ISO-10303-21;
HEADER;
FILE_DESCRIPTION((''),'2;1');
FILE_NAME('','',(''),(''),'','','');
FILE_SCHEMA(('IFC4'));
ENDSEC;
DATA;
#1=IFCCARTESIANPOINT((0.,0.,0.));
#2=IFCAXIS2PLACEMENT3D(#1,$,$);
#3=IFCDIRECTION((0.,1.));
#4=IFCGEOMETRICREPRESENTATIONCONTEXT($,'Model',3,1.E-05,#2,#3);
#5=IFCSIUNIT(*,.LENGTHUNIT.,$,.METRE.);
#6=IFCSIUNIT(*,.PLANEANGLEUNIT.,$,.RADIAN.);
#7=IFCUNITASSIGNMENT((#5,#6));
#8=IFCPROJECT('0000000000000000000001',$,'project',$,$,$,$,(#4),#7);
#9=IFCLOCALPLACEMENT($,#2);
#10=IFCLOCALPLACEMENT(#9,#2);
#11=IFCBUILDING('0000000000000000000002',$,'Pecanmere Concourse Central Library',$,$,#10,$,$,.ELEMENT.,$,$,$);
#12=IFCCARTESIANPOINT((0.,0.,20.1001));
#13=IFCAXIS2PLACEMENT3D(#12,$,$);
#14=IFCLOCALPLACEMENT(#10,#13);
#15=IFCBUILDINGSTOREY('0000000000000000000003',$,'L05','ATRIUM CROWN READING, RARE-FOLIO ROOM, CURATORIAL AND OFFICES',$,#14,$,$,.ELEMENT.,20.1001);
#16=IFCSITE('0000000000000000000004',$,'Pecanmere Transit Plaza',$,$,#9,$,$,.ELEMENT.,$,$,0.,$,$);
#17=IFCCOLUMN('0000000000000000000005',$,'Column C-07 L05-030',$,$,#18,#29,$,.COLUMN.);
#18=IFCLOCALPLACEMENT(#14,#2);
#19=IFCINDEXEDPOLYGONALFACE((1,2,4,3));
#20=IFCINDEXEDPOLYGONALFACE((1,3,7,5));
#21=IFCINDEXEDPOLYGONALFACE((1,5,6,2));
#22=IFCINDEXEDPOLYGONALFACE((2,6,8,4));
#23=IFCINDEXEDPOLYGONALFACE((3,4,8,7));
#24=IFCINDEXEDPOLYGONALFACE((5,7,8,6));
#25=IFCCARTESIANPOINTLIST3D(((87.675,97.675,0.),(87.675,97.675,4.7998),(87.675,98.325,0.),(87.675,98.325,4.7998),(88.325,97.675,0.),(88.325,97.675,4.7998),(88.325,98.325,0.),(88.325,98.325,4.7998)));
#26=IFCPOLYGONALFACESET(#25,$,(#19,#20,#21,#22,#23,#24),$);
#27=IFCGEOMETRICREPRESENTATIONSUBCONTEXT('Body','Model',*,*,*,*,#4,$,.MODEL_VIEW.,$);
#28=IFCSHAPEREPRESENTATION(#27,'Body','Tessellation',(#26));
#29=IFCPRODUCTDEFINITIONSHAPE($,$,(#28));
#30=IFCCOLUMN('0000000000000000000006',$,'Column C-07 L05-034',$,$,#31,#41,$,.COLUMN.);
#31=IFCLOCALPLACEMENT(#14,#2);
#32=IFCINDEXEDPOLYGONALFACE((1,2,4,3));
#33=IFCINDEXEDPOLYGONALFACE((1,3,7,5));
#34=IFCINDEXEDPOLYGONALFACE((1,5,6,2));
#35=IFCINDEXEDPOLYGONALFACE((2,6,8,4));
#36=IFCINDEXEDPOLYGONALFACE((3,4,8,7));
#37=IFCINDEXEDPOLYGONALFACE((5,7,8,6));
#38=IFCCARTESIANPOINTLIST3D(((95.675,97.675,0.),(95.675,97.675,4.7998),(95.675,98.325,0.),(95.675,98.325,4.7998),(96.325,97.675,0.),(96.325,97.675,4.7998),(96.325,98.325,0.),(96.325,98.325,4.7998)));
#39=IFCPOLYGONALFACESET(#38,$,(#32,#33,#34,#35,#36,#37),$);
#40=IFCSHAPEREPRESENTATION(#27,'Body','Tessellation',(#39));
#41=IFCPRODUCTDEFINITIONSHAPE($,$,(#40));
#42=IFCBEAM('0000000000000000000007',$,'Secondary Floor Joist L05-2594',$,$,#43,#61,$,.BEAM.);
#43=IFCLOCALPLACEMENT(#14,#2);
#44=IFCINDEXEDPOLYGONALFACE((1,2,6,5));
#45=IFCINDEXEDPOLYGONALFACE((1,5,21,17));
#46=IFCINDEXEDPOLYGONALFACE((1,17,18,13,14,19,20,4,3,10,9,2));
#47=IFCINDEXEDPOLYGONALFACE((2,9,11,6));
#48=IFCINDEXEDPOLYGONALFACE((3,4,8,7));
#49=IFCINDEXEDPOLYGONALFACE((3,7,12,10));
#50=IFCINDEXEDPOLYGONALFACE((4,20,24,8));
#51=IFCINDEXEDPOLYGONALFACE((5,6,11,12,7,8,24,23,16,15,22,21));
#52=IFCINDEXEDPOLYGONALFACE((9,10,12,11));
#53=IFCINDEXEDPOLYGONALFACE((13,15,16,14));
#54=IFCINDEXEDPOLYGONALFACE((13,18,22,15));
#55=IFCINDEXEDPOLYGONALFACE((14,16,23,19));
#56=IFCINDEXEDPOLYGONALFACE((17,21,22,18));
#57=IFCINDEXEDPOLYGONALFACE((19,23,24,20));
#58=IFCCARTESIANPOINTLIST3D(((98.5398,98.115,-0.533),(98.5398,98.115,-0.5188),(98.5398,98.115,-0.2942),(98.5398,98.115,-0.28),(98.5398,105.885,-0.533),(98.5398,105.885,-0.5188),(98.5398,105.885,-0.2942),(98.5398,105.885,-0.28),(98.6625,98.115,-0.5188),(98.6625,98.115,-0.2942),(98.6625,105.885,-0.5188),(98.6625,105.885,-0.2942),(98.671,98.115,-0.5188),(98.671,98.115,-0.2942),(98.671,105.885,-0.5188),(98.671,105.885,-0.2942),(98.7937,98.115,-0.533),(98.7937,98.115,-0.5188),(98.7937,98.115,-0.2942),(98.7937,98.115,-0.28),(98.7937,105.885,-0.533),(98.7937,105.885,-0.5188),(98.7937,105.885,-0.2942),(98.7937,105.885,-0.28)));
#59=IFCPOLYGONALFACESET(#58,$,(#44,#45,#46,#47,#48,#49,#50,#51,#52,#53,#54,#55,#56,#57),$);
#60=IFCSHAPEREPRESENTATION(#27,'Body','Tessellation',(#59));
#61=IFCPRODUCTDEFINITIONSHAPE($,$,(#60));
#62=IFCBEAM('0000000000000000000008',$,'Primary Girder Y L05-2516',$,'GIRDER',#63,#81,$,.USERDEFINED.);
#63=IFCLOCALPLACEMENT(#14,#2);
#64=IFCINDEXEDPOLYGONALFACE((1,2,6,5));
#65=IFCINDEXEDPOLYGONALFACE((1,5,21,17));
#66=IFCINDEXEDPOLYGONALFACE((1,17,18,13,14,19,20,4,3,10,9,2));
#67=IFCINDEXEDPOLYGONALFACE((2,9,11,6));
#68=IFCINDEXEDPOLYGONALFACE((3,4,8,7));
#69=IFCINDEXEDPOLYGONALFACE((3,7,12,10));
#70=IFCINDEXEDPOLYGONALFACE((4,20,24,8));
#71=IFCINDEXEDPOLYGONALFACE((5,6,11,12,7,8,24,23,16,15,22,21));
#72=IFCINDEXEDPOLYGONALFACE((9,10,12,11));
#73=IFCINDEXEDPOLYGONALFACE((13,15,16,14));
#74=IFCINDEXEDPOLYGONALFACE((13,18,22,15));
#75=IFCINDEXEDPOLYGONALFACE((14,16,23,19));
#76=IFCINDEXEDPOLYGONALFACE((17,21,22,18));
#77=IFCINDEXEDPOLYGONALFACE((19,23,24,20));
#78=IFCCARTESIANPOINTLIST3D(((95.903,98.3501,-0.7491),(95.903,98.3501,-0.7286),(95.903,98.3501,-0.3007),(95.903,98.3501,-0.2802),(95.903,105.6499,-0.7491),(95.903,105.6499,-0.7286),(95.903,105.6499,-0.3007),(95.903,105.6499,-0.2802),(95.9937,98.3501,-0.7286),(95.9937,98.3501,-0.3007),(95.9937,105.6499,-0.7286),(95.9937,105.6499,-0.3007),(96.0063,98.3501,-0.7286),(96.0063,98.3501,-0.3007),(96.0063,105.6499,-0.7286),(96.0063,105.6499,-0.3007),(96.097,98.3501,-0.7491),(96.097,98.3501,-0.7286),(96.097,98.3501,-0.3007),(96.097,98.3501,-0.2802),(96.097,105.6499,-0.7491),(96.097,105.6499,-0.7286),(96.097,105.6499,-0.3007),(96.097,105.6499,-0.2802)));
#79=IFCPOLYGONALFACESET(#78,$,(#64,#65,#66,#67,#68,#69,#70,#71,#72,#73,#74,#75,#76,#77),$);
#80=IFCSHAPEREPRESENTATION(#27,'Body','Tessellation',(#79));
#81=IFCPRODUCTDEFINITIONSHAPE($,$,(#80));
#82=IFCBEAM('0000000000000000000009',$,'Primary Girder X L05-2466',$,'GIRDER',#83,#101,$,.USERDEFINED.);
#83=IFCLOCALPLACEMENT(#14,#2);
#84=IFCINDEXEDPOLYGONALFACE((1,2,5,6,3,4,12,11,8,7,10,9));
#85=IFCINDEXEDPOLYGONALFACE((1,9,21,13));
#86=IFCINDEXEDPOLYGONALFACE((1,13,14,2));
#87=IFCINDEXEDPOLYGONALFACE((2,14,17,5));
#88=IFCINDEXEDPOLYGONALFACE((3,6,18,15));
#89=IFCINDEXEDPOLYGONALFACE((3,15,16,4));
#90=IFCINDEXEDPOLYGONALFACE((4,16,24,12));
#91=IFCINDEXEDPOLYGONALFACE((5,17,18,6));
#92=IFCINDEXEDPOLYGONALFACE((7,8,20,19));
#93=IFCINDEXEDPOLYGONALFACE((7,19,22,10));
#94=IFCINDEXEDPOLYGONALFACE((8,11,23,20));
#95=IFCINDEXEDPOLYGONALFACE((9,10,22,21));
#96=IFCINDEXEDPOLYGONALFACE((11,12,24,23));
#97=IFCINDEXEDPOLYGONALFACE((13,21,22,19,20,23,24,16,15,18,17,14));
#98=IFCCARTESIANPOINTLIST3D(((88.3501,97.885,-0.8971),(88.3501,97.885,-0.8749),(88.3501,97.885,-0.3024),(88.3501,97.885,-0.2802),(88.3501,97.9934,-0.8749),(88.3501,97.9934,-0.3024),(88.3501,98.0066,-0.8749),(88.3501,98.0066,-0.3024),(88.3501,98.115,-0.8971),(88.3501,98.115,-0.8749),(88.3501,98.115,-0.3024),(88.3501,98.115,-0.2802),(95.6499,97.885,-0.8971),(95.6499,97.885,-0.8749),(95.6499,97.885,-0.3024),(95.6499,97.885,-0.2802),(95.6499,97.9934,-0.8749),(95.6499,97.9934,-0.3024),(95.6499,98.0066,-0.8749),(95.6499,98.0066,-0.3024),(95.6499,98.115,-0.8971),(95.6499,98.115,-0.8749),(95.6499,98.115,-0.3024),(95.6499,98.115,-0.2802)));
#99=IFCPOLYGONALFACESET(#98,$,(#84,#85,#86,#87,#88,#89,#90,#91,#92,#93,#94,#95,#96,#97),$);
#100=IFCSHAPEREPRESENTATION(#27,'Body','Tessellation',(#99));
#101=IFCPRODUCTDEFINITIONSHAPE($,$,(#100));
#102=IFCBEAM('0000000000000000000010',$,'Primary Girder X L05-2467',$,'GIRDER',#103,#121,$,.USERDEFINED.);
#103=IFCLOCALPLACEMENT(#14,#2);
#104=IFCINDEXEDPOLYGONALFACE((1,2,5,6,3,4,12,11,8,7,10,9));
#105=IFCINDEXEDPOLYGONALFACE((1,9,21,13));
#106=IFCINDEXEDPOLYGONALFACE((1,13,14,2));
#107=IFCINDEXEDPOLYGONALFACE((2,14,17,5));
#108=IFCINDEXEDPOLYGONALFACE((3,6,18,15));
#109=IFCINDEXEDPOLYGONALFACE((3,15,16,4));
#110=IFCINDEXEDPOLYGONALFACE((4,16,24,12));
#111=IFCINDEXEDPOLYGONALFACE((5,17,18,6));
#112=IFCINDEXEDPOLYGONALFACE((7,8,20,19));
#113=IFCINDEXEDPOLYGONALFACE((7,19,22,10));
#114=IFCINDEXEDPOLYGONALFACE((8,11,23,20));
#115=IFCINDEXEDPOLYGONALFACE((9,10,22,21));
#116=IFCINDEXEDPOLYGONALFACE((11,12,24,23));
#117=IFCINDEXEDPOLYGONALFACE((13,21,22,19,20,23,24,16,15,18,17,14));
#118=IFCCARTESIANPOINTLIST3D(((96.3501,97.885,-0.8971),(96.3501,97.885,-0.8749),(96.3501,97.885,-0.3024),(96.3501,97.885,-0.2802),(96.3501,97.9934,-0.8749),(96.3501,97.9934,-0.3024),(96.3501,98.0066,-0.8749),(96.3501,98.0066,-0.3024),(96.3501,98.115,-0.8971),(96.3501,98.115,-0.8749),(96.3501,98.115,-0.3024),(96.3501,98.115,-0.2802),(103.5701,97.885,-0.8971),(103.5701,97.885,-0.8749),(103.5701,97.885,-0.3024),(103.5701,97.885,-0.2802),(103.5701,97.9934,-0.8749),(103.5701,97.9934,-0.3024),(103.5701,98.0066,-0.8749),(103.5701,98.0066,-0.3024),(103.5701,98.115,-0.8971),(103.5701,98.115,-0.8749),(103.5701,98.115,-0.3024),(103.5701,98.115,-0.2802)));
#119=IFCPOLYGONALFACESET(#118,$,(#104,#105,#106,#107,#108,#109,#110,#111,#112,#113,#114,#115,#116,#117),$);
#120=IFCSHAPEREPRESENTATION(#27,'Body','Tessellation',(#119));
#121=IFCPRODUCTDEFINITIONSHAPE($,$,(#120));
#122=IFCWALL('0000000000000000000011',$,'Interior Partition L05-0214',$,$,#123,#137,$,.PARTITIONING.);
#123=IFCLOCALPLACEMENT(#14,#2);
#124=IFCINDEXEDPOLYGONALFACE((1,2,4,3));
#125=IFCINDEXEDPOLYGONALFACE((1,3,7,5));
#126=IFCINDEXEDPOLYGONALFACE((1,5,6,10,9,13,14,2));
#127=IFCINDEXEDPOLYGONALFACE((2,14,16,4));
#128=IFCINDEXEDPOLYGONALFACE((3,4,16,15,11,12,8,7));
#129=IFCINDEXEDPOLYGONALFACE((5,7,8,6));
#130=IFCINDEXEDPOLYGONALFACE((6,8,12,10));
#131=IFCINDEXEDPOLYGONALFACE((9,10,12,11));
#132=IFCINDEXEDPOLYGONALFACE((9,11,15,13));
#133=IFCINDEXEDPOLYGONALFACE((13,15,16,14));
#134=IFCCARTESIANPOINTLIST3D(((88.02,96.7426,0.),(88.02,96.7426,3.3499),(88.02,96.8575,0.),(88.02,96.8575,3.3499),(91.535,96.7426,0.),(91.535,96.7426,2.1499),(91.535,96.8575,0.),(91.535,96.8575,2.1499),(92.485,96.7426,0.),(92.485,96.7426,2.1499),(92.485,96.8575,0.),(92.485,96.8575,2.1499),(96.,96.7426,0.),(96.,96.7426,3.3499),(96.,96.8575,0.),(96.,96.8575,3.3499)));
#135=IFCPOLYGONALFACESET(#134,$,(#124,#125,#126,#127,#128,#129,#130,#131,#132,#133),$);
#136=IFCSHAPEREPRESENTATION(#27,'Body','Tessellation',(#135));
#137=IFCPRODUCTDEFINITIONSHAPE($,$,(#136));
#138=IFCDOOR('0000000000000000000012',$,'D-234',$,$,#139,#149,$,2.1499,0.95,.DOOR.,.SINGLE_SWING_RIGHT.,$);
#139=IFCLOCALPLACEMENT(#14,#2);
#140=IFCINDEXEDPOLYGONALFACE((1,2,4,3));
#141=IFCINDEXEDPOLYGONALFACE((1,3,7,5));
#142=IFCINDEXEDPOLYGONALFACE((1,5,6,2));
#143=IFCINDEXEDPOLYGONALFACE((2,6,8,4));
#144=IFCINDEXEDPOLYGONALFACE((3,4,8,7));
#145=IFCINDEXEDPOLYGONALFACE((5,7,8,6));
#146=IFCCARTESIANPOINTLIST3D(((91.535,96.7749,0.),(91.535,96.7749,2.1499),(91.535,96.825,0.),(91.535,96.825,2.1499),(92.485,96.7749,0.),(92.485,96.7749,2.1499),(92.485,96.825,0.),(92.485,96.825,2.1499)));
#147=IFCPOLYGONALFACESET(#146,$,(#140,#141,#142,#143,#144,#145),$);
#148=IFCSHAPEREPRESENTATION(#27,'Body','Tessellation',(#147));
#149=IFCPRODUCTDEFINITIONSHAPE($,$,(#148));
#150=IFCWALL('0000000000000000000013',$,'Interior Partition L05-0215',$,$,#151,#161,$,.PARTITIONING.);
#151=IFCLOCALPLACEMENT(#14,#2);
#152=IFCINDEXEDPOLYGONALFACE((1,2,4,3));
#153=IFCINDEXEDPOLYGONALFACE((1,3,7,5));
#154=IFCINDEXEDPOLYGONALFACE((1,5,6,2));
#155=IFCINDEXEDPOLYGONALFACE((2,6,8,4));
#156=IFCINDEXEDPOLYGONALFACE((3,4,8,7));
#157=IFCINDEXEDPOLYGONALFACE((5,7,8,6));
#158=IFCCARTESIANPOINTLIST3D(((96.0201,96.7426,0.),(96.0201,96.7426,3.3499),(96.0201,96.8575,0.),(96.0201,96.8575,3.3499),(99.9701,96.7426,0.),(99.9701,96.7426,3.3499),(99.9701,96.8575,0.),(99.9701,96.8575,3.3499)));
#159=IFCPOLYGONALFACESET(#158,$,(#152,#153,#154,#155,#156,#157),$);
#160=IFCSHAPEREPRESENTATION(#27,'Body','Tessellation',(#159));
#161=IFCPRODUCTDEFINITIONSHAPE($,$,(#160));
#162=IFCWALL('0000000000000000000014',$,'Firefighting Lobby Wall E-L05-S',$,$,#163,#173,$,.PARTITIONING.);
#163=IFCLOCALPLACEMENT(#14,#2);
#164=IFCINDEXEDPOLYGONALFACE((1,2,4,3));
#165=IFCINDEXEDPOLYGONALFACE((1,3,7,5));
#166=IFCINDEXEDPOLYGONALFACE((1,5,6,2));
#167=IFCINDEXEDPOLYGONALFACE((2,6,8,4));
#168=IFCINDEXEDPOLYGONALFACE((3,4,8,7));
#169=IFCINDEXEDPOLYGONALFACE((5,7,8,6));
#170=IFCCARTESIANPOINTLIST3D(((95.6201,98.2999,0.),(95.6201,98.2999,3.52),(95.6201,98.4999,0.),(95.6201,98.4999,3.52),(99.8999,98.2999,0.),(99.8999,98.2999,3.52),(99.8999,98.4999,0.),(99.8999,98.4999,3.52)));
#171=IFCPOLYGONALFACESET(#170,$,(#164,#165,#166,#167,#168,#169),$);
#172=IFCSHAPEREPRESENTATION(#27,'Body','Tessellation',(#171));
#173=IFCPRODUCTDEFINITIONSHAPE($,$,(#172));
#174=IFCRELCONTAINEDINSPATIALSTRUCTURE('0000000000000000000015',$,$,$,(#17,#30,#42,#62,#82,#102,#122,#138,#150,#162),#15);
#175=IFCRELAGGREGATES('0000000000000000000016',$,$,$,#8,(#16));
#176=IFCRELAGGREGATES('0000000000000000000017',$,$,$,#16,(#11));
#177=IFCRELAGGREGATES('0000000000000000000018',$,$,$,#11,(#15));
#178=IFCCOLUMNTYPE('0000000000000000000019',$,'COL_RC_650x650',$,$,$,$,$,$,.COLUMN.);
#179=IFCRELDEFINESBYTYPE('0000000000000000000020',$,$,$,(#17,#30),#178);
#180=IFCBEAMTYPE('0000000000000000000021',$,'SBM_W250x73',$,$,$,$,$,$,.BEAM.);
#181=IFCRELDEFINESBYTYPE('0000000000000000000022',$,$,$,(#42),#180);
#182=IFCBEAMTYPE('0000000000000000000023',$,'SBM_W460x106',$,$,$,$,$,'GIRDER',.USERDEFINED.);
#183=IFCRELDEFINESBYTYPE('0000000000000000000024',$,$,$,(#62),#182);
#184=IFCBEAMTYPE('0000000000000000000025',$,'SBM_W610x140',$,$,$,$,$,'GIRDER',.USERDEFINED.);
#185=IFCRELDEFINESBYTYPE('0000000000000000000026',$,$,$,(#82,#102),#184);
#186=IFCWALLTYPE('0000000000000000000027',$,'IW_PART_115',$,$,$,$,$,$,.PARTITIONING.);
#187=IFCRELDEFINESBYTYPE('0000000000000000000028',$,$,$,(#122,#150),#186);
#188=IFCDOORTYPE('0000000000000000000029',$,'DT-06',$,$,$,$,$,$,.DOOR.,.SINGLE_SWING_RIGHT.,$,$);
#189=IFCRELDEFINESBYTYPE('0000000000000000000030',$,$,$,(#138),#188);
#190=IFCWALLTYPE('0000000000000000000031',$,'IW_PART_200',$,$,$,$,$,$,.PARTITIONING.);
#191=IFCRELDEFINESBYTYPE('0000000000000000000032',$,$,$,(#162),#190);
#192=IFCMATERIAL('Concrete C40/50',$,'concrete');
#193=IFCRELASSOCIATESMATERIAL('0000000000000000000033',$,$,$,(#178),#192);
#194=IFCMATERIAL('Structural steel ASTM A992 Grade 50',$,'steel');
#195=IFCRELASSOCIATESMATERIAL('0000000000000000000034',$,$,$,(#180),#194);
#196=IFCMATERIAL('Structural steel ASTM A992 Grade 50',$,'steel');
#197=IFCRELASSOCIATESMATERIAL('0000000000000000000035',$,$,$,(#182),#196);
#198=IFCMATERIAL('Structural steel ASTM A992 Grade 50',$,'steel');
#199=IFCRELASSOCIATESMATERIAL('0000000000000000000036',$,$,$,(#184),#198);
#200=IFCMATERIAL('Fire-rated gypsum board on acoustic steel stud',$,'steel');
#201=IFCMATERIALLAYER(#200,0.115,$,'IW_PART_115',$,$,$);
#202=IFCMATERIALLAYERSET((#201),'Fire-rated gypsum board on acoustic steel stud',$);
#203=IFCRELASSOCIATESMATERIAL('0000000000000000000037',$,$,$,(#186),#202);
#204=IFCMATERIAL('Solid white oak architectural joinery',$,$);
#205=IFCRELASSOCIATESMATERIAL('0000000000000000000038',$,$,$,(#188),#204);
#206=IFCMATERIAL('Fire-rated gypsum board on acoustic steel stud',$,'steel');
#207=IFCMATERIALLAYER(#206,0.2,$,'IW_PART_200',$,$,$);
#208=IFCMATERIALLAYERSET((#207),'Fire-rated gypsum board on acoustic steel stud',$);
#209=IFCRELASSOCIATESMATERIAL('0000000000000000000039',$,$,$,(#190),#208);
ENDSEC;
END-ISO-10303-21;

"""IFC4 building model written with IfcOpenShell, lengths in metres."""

from ifc_helpers import new_model, si_unit, direction, frame, frame_2d, origin, origin_2d, place, context, subcontext, project, spatial, rectangle, i_section, extrude, material, layer, layer_set, material_profile, profile_set, type_object, element, fill, save


model = new_model("IFC4")

# Units and contexts
model_context = context("Model", 3, precision=1e-05, world=origin(), true_north=direction((0.0, 1.0)))
body_context = subcontext(model_context, "Body", "Model", "MODEL_VIEW")
ifc_project = project(units=[si_unit("LENGTHUNIT", "METRE"), si_unit("PLANEANGLEUNIT", "RADIAN")], contexts=[model_context])

# Site, building, storey
site_placement = place(None, origin())
site = spatial("IfcSite", under=ifc_project, at=site_placement, Name="Pecanmere Transit Plaza", CompositionType="ELEMENT", RefElevation=0.0)
building_placement = place(site_placement, origin())
building = spatial("IfcBuilding", under=site, at=building_placement, Name="Pecanmere Concourse Central Library", CompositionType="ELEMENT")
storey_placement = place(building_placement, frame((0.0, 0.0, 20.1001)))
storey = spatial("IfcBuildingStorey", under=building, at=storey_placement, Name="L05", Description="ATRIUM CROWN READING, RARE-FOLIO ROOM, CURATORIAL AND OFFICES", CompositionType="ELEMENT", Elevation=20.1001)

# Columns
ifc_material_1 = material(Name="Concrete C40/50", Category="concrete")
ifc_material_profile_1 = material_profile(ifc_material_1, rectangle(XDim=0.6499, YDim=0.6499, at=origin_2d()), Name="RC 650x650")
ifc_profile_set_1 = profile_set([ifc_material_profile_1], Name="Concrete C40/50")
column_type = type_object("IfcColumnType", Name="COL_RC_650x650", PredefinedType="COLUMN", material=ifc_profile_set_1)
for number, where, z_axis, x_axis, name in (
    (1, (88.0, 98.0, 0.0), (0.0, 0.0, 1.0), (1.0, 0.0, 0.0), "Column C-07 L05-030"),
    (2, (96.0, 98.0, 0.0), (0.0, 0.0, 1.0), (1.0, 0.0, 0.0), "Column C-07 L05-034"),
):
    element("IfcColumn", number, at=place(storey_placement, frame(where, z_axis=z_axis, x_axis=x_axis)), inside=storey, type_object=column_type, Name=name, PredefinedType="COLUMN", context=body_context, shape_type="SweptSolid", body=[
        extrude(rectangle(XDim=0.6499, YDim=0.6499, at=origin_2d()), origin(), (0.0, 0.0, 1.0), 4.7998),
    ])

# Beams
ifc_material_2 = material(Name="Structural steel ASTM A992 Grade 50", Category="steel")
ifc_material_profile_2 = material_profile(ifc_material_2, i_section(OverallWidth=0.2539, OverallDepth=0.2529, WebThickness=0.0085, FlangeThickness=0.0142, at=origin_2d()), Name="W250x73")
ifc_profile_set_2 = profile_set([ifc_material_profile_2], Name="Structural steel ASTM A992 Grade 50")
beam_type_1 = type_object("IfcBeamType", Name="SBM_W250x73", PredefinedType="BEAM", material=ifc_profile_set_2)
beam_1_placement = place(storey_placement, frame((98.6667, 98.115, -0.4065), z_axis=(0.0, 1.0, 0.0), x_axis=(-1.0, 0.0, 0.0)))
element("IfcBeam", 3, at=beam_1_placement, inside=storey, type_object=beam_type_1, Name="Secondary Floor Joist L05-2594", PredefinedType="BEAM", context=body_context, shape_type="SweptSolid", body=[
    extrude(i_section(OverallWidth=0.2539, OverallDepth=0.2529, WebThickness=0.0085, FlangeThickness=0.0142, at=origin_2d()), origin(), (0.0, 0.0, 1.0), 7.77),
])
ifc_material_3 = material(Name="Structural steel ASTM A992 Grade 50", Category="steel")
ifc_material_profile_3 = material_profile(ifc_material_3, i_section(OverallWidth=0.1941, OverallDepth=0.469, WebThickness=0.0127, FlangeThickness=0.0205, at=origin_2d()), Name="W460x106")
ifc_profile_set_3 = profile_set([ifc_material_profile_3], Name="Structural steel ASTM A992 Grade 50")
beam_type_2 = type_object("IfcBeamType", Name="SBM_W460x106", ElementType="GIRDER", PredefinedType="USERDEFINED", material=ifc_profile_set_3)
beam_2_placement = place(storey_placement, frame((96.0, 98.3501, -0.5146), z_axis=(0.0, 1.0, 0.0), x_axis=(-1.0, 0.0, 0.0)))
element("IfcBeam", 4, at=beam_2_placement, inside=storey, type_object=beam_type_2, Name="Primary Girder Y L05-2516", ObjectType="GIRDER", PredefinedType="USERDEFINED", context=body_context, shape_type="SweptSolid", body=[
    extrude(i_section(OverallWidth=0.1941, OverallDepth=0.469, WebThickness=0.0127, FlangeThickness=0.0205, at=origin_2d()), origin(), (0.0, 0.0, 1.0), 7.2998),
])
ifc_material_4 = material(Name="Structural steel ASTM A992 Grade 50", Category="steel")
ifc_material_profile_4 = material_profile(ifc_material_4, i_section(OverallWidth=0.23, OverallDepth=0.6169, WebThickness=0.0132, FlangeThickness=0.0222, at=origin_2d()), Name="W610x140")
ifc_profile_set_4 = profile_set([ifc_material_profile_4], Name="Structural steel ASTM A992 Grade 50")
beam_type_3 = type_object("IfcBeamType", Name="SBM_W610x140", ElementType="GIRDER", PredefinedType="USERDEFINED", material=ifc_profile_set_4)
beam_3_placement = place(storey_placement, frame((88.3501, 98.0, -0.5886), z_axis=(1.0, 0.0, 0.0), x_axis=(0.0, 1.0, 0.0)))
element("IfcBeam", 5, at=beam_3_placement, inside=storey, type_object=beam_type_3, Name="Primary Girder X L05-2466", ObjectType="GIRDER", PredefinedType="USERDEFINED", context=body_context, shape_type="SweptSolid", body=[
    extrude(i_section(OverallWidth=0.23, OverallDepth=0.6169, WebThickness=0.0132, FlangeThickness=0.0222, at=origin_2d()), origin(), (0.0, 0.0, 1.0), 7.2998),
])
beam_4_placement = place(storey_placement, frame((96.3501, 98.0, -0.5886), z_axis=(1.0, 0.0, 0.0), x_axis=(0.0, 1.0, 0.0)))
element("IfcBeam", 6, at=beam_4_placement, inside=storey, type_object=beam_type_3, Name="Primary Girder X L05-2467", ObjectType="GIRDER", PredefinedType="USERDEFINED", context=body_context, shape_type="SweptSolid", body=[
    extrude(i_section(OverallWidth=0.23, OverallDepth=0.6169, WebThickness=0.0132, FlangeThickness=0.0222, at=origin_2d()), origin(), (0.0, 0.0, 1.0), 7.22),
])

# Wall, opening, door
ifc_material_5 = material(Name="Fire-rated gypsum board on acoustic steel stud", Category="steel")
ifc_layer_1 = layer(ifc_material_5, 0.115, Name="IW_PART_115")
ifc_layer_set_1 = layer_set([ifc_layer_1], Name="Fire-rated gypsum board on acoustic steel stud")
wall_type_1 = type_object("IfcWallType", Name="IW_PART_115", PredefinedType="PARTITIONING", material=ifc_layer_set_1)
wall_1_placement = place(storey_placement, frame((88.02, 96.8, 0.0), z_axis=(0.0, 0.0, 1.0), x_axis=(1.0, 0.0, 0.0)))
wall_1 = element("IfcWall", 7, at=wall_1_placement, inside=storey, type_object=wall_type_1, Name="Interior Partition L05-0214", PredefinedType="PARTITIONING", context=body_context, shape_type="SweptSolid", body=[
    extrude(rectangle(XDim=7.98, YDim=0.115, at=frame_2d((3.99, 0.0))), origin(), (0.0, 0.0, 1.0), 3.3499),
])
opening_1_placement = place(wall_1_placement, frame((3.5149, 0.0, 0.0)))
opening_1 = element("IfcOpeningElement", 8, at=opening_1_placement, cuts=wall_1, PredefinedType="OPENING", context=body_context, shape_type="SweptSolid", body=[
    extrude(rectangle(XDim=0.95, YDim=2.1499, at=frame_2d((0.4751, 1.075))), frame((0.0, 0.0693, 0.0), z_axis=(0.0, -1.0, 0.0), x_axis=(1.0, 0.0, 0.0)), (0.0, 0.0, 1.0), 0.1389),
])
ifc_material_6 = material(Name="Solid white oak architectural joinery")
door_type_1 = type_object("IfcDoorType", Name="DT-06", OperationType="SINGLE_SWING_RIGHT", PredefinedType="DOOR", material=ifc_material_6)
door_1_placement = place(opening_1_placement, origin())
door_1 = element("IfcDoor", 9, at=door_1_placement, inside=storey, type_object=door_type_1, Name="D-234", OperationType="SINGLE_SWING_RIGHT", OverallHeight=2.1499, OverallWidth=0.95, PredefinedType="DOOR", context=body_context, shape_type="SweptSolid", body=[
    extrude(rectangle(XDim=0.95, YDim=2.1499, at=frame_2d((0.4751, 1.075))), frame((0.0, 0.0249, 0.0), z_axis=(0.0, -1.0, 0.0), x_axis=(1.0, 0.0, 0.0)), (0.0, 0.0, 1.0), 0.05),
])
fill(opening_1, door_1)

# Walls
wall_2_placement = place(storey_placement, frame((96.02, 96.8, 0.0), z_axis=(0.0, 0.0, 1.0), x_axis=(1.0, 0.0, 0.0)))
element("IfcWall", 10, at=wall_2_placement, inside=storey, type_object=wall_type_1, Name="Interior Partition L05-0215", PredefinedType="PARTITIONING", context=body_context, shape_type="SweptSolid", body=[
    extrude(rectangle(XDim=3.95, YDim=0.115, at=frame_2d((1.9751, 0.0))), origin(), (0.0, 0.0, 1.0), 3.3499),
])
ifc_material_7 = material(Name="Fire-rated gypsum board on acoustic steel stud", Category="steel")
ifc_layer_2 = layer(ifc_material_7, 0.2, Name="IW_PART_200")
ifc_layer_set_2 = layer_set([ifc_layer_2], Name="Fire-rated gypsum board on acoustic steel stud")
wall_type_2 = type_object("IfcWallType", Name="IW_PART_200", PredefinedType="PARTITIONING", material=ifc_layer_set_2)
wall_3_placement = place(storey_placement, frame((95.6201, 98.3999, 0.0), z_axis=(0.0, 0.0, 1.0), x_axis=(1.0, 0.0, 0.0)))
element("IfcWall", 11, at=wall_3_placement, inside=storey, type_object=wall_type_2, Name="Firefighting Lobby Wall E-L05-S", PredefinedType="PARTITIONING", context=body_context, shape_type="SweptSolid", body=[
    extrude(rectangle(XDim=4.2798, YDim=0.2, at=frame_2d((2.1399, 0.0))), origin(), (0.0, 0.0, 1.0), 3.52),
])

save(model, "model.ifc")
